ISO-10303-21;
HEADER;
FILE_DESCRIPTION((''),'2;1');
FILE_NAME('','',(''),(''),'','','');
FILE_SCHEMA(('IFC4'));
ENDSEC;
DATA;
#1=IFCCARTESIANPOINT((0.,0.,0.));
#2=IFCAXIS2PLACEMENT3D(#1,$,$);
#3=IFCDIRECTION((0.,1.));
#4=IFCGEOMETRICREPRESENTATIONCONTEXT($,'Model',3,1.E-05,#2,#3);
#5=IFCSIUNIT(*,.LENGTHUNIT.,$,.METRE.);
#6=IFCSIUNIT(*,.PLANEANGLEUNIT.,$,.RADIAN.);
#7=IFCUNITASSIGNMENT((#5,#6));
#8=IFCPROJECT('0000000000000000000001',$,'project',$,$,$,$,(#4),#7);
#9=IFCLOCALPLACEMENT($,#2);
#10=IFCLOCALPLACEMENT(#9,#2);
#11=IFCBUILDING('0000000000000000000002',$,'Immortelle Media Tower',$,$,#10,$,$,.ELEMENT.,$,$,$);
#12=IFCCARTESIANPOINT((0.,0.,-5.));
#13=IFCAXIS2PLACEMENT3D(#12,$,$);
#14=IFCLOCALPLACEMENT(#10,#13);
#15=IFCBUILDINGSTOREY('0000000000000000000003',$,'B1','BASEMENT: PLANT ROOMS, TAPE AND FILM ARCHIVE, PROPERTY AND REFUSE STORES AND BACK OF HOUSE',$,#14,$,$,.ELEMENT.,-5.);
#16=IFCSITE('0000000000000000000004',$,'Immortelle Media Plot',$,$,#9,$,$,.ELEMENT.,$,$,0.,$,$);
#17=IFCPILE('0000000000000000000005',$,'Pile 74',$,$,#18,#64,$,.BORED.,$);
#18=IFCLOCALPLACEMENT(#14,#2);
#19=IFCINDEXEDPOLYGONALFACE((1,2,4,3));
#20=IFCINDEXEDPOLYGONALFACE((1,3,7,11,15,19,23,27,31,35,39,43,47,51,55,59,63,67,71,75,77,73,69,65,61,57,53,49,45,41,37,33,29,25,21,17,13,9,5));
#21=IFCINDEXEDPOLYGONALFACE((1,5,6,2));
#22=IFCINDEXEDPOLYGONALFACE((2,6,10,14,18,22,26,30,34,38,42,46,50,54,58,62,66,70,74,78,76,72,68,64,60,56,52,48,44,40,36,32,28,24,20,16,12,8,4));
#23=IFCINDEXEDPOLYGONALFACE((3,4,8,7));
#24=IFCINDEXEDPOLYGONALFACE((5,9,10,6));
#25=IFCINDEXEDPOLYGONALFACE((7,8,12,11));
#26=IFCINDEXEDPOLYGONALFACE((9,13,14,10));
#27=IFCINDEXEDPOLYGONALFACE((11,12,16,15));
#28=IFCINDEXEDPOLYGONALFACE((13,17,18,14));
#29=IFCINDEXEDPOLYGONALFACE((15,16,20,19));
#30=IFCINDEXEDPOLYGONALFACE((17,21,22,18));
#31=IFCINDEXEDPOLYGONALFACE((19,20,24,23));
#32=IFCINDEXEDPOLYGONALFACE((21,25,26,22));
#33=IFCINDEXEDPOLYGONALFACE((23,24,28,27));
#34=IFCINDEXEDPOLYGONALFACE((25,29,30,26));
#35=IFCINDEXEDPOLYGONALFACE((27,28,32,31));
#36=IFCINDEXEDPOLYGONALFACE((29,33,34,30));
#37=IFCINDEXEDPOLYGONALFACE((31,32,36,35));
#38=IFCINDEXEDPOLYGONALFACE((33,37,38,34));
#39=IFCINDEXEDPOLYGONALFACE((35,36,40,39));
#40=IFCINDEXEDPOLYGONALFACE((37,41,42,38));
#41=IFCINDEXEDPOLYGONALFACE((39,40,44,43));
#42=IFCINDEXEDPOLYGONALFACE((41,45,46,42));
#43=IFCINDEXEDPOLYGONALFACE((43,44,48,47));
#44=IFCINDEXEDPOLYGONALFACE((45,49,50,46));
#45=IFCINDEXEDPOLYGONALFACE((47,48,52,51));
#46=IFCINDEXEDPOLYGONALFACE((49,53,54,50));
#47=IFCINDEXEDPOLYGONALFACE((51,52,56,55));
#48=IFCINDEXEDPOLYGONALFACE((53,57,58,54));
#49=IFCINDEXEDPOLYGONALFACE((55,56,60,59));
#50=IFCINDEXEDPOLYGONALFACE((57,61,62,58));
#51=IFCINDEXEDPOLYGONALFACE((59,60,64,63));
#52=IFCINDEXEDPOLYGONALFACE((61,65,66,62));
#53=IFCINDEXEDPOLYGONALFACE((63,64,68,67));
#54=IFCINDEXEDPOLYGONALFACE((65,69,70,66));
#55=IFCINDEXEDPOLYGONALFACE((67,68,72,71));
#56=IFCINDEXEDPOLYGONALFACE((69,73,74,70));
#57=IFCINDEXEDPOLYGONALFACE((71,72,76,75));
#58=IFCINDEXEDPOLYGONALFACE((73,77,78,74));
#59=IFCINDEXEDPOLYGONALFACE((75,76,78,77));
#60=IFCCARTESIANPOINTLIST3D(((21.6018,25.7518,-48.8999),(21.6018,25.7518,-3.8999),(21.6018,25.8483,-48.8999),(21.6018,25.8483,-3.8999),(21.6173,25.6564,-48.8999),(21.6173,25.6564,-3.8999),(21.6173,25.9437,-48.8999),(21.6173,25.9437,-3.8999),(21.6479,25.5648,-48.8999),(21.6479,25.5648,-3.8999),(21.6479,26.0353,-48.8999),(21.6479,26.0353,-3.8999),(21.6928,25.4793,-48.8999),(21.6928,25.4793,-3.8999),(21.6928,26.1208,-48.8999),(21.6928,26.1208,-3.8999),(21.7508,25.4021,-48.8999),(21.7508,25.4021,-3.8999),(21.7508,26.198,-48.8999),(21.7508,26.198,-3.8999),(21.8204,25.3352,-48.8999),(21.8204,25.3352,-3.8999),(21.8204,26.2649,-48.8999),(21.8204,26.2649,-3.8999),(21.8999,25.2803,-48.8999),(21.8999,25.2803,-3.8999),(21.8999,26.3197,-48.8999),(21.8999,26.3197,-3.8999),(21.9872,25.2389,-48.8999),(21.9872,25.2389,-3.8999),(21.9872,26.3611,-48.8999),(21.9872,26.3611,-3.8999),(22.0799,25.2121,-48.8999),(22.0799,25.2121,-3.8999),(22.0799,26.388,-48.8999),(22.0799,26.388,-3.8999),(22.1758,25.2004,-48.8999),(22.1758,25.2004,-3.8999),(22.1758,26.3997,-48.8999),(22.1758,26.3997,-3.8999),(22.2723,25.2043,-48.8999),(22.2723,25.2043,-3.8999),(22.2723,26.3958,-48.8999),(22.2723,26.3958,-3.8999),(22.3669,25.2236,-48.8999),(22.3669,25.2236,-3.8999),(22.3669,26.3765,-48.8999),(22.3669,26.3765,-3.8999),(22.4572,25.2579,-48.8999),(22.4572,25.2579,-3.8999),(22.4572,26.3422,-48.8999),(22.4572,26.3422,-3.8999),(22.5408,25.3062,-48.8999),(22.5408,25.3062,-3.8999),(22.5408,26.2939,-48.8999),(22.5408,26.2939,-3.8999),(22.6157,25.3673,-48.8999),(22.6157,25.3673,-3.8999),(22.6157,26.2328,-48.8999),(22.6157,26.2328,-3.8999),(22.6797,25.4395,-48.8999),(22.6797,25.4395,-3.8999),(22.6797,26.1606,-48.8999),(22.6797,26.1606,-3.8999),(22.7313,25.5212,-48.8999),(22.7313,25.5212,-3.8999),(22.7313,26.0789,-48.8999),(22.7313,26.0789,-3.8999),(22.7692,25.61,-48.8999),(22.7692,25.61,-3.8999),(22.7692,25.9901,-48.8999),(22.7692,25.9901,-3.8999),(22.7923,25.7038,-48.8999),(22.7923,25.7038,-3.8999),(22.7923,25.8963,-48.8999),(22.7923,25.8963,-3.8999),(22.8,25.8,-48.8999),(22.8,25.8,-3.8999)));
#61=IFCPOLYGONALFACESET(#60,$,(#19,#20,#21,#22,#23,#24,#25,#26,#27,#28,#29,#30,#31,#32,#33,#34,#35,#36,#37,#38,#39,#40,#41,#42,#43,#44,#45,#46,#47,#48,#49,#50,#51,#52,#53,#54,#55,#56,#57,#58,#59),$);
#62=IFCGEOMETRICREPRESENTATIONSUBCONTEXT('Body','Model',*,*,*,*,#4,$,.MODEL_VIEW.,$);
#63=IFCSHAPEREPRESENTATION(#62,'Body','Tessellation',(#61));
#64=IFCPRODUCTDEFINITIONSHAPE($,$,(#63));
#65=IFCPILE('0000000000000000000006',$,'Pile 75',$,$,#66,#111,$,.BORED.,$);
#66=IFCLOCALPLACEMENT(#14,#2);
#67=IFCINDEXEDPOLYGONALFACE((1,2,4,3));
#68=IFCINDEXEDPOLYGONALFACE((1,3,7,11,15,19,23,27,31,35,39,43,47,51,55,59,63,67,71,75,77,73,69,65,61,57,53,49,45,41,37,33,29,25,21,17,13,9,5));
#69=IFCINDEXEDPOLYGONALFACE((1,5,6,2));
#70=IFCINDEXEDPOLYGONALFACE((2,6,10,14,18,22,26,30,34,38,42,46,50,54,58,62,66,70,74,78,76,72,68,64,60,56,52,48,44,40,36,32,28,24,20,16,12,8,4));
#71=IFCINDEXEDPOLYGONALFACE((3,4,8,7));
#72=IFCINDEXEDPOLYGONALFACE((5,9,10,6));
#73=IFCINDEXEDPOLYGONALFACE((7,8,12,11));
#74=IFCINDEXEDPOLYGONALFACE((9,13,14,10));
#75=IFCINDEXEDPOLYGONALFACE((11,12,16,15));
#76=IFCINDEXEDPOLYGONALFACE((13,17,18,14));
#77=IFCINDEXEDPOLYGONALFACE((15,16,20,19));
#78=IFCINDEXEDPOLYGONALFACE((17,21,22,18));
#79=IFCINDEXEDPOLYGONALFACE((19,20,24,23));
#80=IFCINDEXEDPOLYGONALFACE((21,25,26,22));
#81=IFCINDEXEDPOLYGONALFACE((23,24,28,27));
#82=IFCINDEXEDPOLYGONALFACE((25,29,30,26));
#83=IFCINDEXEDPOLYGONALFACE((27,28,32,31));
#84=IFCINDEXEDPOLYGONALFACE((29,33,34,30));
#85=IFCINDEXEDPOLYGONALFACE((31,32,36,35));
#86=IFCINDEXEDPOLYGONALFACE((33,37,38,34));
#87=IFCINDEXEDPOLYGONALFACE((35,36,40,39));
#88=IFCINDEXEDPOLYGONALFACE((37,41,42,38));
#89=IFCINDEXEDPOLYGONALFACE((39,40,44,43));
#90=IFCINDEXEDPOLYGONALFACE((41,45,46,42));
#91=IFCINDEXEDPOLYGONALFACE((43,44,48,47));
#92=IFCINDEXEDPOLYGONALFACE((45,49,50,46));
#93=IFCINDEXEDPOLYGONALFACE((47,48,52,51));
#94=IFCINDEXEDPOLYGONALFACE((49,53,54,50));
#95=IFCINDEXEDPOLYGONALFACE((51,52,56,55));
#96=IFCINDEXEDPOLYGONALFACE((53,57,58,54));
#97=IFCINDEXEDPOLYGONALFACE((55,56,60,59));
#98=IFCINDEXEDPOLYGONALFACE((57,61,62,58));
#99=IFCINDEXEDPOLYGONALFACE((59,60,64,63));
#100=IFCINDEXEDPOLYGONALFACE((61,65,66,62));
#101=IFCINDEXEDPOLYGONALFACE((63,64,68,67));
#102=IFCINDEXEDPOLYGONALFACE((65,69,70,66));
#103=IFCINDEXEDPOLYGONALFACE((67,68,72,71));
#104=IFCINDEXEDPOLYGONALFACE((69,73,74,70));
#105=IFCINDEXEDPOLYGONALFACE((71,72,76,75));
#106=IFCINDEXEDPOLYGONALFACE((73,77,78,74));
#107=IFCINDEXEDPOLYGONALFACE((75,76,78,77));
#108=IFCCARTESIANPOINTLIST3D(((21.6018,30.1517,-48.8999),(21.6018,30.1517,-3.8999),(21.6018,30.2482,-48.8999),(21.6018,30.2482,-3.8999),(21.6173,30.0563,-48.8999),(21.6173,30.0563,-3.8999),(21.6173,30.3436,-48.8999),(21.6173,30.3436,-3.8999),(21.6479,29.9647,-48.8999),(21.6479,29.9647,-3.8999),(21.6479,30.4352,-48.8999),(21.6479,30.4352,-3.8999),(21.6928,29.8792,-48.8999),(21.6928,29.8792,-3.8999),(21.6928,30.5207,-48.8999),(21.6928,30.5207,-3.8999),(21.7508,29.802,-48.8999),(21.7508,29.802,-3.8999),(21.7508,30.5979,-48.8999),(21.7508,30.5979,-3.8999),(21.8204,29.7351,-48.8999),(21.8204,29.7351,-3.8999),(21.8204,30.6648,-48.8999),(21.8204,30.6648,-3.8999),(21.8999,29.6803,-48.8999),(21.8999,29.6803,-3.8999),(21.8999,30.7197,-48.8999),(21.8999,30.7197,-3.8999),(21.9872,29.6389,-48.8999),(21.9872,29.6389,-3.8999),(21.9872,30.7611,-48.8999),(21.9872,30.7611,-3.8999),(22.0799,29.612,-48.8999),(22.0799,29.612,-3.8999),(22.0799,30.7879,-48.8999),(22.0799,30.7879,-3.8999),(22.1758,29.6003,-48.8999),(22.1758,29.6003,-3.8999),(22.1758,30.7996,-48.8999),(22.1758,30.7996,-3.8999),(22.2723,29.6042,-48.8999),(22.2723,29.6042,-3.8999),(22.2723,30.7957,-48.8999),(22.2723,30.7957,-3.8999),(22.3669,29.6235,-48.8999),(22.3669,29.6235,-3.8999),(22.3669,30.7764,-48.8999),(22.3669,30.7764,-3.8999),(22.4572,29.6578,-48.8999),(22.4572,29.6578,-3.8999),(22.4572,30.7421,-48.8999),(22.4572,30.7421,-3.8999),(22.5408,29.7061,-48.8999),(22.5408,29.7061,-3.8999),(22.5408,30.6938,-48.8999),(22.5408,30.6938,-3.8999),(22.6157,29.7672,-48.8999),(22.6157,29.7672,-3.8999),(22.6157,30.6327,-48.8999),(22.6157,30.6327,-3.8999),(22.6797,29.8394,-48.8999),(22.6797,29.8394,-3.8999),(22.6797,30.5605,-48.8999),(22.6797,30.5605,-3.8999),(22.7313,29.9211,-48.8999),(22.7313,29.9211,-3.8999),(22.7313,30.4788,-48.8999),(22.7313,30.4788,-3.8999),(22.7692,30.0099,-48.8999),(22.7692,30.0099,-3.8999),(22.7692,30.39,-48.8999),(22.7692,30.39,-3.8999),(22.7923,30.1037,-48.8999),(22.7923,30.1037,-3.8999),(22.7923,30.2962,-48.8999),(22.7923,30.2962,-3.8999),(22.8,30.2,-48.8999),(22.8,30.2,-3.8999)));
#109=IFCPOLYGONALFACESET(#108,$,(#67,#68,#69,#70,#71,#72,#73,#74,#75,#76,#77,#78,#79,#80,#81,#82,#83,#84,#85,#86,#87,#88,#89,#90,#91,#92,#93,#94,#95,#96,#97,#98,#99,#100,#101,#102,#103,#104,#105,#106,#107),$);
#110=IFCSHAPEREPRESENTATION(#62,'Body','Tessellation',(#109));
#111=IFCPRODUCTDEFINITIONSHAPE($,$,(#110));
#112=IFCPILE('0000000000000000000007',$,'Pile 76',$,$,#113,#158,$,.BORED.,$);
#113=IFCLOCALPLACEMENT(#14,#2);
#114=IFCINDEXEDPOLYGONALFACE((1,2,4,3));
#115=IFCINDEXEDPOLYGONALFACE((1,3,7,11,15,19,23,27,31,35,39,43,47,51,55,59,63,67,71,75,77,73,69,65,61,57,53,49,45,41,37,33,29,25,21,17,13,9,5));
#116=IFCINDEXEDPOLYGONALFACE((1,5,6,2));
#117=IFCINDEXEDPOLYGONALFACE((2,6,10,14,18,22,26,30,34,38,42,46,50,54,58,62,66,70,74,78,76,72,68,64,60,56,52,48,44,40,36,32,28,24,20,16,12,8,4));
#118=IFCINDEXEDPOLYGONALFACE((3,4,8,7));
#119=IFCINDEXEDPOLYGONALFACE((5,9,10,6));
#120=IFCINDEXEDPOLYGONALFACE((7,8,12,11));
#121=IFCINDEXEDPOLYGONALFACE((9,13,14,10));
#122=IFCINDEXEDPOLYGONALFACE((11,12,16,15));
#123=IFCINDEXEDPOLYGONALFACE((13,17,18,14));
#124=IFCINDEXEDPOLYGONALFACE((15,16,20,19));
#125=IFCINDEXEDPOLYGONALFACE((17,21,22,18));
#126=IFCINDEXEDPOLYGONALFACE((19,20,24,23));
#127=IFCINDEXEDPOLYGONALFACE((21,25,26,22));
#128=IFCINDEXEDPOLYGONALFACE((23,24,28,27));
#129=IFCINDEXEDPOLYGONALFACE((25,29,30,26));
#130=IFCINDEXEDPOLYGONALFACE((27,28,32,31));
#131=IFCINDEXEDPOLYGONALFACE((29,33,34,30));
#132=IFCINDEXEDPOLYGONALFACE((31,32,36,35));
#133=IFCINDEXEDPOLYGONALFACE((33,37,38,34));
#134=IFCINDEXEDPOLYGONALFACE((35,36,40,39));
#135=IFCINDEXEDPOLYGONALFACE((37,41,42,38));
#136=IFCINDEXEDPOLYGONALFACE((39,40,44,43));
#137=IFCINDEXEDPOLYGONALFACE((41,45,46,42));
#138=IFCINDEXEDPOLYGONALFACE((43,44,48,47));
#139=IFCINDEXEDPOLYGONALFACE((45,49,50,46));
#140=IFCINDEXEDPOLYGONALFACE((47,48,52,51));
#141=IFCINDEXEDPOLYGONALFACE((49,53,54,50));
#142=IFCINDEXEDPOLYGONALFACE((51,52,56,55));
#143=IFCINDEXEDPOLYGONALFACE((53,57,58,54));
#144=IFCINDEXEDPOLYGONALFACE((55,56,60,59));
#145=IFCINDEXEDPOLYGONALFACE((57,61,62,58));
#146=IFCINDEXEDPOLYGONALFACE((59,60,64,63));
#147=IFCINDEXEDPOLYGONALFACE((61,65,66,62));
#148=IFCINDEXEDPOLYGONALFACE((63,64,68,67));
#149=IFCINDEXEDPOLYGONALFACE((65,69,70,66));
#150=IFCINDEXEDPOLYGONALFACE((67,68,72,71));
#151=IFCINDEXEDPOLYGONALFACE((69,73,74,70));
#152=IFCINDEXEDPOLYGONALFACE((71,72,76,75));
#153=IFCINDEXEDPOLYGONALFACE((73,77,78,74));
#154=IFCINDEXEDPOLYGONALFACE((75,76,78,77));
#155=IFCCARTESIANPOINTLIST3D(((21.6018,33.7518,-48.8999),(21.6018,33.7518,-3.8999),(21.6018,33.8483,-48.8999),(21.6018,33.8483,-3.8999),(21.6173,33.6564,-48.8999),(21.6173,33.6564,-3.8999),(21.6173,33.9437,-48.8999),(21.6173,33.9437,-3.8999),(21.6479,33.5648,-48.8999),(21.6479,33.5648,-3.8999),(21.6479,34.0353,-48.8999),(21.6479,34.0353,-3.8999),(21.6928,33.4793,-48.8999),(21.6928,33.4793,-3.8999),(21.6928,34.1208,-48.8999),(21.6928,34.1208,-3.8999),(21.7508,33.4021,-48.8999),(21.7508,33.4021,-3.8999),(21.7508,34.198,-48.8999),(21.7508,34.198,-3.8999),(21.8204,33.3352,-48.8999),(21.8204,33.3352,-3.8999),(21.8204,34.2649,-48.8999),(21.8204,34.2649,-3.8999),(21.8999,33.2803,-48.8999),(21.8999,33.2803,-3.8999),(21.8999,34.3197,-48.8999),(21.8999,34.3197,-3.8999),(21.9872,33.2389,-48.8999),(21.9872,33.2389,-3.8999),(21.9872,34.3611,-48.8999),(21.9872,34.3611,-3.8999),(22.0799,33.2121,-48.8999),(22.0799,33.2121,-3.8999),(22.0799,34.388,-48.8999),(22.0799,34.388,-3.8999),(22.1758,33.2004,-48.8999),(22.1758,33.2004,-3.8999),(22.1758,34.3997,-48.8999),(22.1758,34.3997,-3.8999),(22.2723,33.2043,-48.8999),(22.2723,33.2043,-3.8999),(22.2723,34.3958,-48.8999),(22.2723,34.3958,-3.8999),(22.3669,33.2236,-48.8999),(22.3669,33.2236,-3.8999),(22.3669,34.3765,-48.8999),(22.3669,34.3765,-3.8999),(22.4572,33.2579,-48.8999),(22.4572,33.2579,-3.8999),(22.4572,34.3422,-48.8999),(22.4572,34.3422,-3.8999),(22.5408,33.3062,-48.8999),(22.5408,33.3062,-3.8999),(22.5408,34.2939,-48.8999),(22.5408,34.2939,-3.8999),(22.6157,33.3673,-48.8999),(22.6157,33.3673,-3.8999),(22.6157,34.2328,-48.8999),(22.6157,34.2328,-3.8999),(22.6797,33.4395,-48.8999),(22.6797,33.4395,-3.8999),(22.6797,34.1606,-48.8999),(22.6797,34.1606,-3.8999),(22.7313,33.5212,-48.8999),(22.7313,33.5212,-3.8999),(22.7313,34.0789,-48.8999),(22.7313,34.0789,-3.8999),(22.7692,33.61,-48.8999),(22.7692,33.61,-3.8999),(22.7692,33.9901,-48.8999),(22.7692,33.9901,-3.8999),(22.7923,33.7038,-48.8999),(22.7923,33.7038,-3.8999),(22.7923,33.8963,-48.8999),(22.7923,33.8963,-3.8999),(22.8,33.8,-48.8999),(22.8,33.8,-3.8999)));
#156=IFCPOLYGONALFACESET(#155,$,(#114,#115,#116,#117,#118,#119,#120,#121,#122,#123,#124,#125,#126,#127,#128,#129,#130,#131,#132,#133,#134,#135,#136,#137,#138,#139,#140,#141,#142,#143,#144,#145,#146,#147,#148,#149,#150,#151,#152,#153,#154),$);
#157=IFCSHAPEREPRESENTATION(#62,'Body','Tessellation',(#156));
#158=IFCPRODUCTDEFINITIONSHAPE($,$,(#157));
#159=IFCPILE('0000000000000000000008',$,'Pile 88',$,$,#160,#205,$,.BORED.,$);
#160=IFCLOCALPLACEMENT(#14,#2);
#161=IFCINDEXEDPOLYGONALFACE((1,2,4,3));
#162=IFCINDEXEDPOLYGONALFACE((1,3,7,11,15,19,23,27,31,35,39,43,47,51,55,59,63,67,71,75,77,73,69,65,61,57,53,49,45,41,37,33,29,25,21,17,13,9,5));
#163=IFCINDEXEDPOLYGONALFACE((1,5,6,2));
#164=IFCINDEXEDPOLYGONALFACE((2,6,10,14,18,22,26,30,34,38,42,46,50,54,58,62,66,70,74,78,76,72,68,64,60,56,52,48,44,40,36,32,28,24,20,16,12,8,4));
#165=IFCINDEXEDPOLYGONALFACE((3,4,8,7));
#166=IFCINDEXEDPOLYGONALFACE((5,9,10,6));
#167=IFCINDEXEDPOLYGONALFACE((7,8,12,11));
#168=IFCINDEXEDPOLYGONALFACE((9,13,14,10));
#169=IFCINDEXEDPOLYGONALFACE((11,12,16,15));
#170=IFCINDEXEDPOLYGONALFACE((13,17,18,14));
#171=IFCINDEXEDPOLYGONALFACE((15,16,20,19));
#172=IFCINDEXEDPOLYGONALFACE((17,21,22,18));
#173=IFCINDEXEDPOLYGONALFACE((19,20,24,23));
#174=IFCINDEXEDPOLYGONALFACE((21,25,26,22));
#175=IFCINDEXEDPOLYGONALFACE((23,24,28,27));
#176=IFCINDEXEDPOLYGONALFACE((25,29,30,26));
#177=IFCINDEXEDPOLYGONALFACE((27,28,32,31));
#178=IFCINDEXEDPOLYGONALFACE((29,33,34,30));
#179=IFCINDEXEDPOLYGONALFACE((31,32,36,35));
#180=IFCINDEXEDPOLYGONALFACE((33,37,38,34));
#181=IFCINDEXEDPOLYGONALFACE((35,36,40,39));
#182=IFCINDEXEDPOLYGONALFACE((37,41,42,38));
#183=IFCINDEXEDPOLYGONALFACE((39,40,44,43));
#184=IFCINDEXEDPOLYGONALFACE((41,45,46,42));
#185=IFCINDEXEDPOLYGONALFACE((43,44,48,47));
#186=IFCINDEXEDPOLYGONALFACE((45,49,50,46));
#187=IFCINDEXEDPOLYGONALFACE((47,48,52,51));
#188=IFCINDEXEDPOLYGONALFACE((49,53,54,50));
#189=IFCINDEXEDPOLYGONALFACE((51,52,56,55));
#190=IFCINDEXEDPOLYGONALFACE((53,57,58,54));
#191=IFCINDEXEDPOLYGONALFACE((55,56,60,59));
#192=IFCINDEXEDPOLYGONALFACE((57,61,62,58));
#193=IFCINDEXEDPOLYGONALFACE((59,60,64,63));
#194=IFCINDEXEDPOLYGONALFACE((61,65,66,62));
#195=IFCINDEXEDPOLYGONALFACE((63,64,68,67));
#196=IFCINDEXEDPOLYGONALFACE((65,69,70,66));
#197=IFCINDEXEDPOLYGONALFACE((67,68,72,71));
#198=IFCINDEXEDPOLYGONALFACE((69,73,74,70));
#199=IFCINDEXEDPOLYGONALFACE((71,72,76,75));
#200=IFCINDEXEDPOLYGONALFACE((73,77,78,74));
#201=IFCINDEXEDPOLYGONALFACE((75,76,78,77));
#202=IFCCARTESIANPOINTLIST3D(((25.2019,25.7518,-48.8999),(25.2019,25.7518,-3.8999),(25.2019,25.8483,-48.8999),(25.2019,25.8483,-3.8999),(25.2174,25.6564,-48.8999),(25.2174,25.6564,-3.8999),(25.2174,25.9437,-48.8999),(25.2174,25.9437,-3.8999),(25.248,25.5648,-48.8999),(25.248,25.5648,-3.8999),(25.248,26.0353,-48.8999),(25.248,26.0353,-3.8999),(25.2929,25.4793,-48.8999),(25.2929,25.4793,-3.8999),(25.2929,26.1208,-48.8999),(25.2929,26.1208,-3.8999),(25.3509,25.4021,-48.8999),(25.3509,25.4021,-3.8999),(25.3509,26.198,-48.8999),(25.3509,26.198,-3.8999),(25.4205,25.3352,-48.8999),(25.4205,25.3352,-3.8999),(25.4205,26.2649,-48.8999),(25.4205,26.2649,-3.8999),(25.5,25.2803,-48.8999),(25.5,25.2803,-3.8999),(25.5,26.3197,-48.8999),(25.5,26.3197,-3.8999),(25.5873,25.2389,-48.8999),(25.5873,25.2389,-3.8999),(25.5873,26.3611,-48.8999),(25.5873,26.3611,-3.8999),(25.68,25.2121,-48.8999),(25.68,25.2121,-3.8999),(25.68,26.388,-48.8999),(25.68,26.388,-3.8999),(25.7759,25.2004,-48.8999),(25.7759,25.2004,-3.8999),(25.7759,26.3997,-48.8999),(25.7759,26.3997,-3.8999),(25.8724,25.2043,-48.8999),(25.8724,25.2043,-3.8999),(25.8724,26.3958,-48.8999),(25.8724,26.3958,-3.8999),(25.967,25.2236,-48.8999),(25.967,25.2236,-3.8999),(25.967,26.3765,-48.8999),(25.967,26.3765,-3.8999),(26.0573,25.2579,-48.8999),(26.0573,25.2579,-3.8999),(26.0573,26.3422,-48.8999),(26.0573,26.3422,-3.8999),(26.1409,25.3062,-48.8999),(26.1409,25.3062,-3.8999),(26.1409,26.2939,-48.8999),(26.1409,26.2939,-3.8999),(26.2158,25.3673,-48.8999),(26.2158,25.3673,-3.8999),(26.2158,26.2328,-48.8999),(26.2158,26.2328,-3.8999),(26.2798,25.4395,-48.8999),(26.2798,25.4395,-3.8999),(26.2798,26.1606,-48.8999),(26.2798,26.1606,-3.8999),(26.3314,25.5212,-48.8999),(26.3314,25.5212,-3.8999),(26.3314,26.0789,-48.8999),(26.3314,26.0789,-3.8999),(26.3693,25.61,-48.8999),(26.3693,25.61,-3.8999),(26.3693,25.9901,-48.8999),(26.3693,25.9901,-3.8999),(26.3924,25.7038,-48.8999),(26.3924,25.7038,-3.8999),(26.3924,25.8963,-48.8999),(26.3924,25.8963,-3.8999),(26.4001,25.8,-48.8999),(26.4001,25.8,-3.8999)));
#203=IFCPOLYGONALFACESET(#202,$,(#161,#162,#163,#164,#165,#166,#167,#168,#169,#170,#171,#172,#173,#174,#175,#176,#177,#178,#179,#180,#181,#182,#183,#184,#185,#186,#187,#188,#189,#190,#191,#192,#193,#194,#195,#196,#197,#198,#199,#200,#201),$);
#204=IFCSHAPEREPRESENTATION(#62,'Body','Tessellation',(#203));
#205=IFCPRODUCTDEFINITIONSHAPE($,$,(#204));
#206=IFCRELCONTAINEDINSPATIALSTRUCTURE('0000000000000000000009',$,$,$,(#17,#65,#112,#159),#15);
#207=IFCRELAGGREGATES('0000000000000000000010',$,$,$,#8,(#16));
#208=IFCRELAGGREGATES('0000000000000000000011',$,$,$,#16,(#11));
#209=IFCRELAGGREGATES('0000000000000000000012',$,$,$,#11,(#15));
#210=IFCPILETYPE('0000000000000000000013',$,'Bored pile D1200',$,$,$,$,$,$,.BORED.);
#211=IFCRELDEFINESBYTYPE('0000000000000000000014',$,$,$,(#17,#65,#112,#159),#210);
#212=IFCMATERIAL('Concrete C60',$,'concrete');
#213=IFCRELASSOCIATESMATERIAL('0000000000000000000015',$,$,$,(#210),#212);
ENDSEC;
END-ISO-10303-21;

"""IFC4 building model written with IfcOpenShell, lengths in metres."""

from ifc_helpers import new_model, si_unit, direction, frame, origin, origin_2d, place, context, subcontext, project, spatial, circle, extrude, material, material_profile, profile_set, type_object, element, save


model = new_model("IFC4")

# Units and contexts
model_context = context("Model", 3, precision=1e-05, world=origin(), true_north=direction((0.0, 1.0)))
body_context = subcontext(model_context, "Body", "Model", "MODEL_VIEW")
ifc_project = project(units=[si_unit("LENGTHUNIT", "METRE"), si_unit("PLANEANGLEUNIT", "RADIAN")], contexts=[model_context])

# Site, building, storey
site_placement = place(None, origin())
site = spatial("IfcSite", under=ifc_project, at=site_placement, Name="Immortelle Media Plot", CompositionType="ELEMENT", RefElevation=0.0)
building_placement = place(site_placement, origin())
building = spatial("IfcBuilding", under=site, at=building_placement, Name="Immortelle Media Tower", CompositionType="ELEMENT")
storey_placement = place(building_placement, frame((0.0, 0.0, -5.0)))
storey = spatial("IfcBuildingStorey", under=building, at=storey_placement, Name="B1", Description="BASEMENT: PLANT ROOMS, TAPE AND FILM ARCHIVE, PROPERTY AND REFUSE STORES AND BACK OF HOUSE", CompositionType="ELEMENT", Elevation=-5.0)

# Piles
ifc_material_1 = material(Name="Concrete C60", Category="concrete")
ifc_material_profile_1 = material_profile(ifc_material_1, circle(Radius=0.6001, at=origin_2d()), Name="Bored pile D1200")
ifc_profile_set_1 = profile_set([ifc_material_profile_1], Name="Concrete C60")
pile_type = type_object("IfcPileType", Name="Bored pile D1200", PredefinedType="BORED", material=ifc_profile_set_1)
for number, where, z_axis, x_axis, name in (
    (1, (22.2, 25.8, -3.8999), (0.0, 0.0, -1.0), (1.0, 0.0, 0.0), "Pile 74"),
    (2, (22.2, 30.2, -3.8999), (0.0, 0.0, -1.0), (1.0, 0.0, 0.0), "Pile 75"),
    (3, (22.2, 33.8, -3.8999), (0.0, 0.0, -1.0), (1.0, 0.0, 0.0), "Pile 76"),
    (4, (25.8, 25.8, -3.8999), (0.0, 0.0, -1.0), (1.0, 0.0, 0.0), "Pile 88"),
):
    element("IfcPile", number, at=place(storey_placement, frame(where, z_axis=z_axis, x_axis=x_axis)), inside=storey, type_object=pile_type, Name=name, PredefinedType="BORED", context=body_context, shape_type="SweptSolid", body=[
        extrude(circle(Radius=0.6001, at=origin_2d()), origin(), (0.0, 0.0, 1.0), 45.0),
    ])

save(model, "model.ifc")
